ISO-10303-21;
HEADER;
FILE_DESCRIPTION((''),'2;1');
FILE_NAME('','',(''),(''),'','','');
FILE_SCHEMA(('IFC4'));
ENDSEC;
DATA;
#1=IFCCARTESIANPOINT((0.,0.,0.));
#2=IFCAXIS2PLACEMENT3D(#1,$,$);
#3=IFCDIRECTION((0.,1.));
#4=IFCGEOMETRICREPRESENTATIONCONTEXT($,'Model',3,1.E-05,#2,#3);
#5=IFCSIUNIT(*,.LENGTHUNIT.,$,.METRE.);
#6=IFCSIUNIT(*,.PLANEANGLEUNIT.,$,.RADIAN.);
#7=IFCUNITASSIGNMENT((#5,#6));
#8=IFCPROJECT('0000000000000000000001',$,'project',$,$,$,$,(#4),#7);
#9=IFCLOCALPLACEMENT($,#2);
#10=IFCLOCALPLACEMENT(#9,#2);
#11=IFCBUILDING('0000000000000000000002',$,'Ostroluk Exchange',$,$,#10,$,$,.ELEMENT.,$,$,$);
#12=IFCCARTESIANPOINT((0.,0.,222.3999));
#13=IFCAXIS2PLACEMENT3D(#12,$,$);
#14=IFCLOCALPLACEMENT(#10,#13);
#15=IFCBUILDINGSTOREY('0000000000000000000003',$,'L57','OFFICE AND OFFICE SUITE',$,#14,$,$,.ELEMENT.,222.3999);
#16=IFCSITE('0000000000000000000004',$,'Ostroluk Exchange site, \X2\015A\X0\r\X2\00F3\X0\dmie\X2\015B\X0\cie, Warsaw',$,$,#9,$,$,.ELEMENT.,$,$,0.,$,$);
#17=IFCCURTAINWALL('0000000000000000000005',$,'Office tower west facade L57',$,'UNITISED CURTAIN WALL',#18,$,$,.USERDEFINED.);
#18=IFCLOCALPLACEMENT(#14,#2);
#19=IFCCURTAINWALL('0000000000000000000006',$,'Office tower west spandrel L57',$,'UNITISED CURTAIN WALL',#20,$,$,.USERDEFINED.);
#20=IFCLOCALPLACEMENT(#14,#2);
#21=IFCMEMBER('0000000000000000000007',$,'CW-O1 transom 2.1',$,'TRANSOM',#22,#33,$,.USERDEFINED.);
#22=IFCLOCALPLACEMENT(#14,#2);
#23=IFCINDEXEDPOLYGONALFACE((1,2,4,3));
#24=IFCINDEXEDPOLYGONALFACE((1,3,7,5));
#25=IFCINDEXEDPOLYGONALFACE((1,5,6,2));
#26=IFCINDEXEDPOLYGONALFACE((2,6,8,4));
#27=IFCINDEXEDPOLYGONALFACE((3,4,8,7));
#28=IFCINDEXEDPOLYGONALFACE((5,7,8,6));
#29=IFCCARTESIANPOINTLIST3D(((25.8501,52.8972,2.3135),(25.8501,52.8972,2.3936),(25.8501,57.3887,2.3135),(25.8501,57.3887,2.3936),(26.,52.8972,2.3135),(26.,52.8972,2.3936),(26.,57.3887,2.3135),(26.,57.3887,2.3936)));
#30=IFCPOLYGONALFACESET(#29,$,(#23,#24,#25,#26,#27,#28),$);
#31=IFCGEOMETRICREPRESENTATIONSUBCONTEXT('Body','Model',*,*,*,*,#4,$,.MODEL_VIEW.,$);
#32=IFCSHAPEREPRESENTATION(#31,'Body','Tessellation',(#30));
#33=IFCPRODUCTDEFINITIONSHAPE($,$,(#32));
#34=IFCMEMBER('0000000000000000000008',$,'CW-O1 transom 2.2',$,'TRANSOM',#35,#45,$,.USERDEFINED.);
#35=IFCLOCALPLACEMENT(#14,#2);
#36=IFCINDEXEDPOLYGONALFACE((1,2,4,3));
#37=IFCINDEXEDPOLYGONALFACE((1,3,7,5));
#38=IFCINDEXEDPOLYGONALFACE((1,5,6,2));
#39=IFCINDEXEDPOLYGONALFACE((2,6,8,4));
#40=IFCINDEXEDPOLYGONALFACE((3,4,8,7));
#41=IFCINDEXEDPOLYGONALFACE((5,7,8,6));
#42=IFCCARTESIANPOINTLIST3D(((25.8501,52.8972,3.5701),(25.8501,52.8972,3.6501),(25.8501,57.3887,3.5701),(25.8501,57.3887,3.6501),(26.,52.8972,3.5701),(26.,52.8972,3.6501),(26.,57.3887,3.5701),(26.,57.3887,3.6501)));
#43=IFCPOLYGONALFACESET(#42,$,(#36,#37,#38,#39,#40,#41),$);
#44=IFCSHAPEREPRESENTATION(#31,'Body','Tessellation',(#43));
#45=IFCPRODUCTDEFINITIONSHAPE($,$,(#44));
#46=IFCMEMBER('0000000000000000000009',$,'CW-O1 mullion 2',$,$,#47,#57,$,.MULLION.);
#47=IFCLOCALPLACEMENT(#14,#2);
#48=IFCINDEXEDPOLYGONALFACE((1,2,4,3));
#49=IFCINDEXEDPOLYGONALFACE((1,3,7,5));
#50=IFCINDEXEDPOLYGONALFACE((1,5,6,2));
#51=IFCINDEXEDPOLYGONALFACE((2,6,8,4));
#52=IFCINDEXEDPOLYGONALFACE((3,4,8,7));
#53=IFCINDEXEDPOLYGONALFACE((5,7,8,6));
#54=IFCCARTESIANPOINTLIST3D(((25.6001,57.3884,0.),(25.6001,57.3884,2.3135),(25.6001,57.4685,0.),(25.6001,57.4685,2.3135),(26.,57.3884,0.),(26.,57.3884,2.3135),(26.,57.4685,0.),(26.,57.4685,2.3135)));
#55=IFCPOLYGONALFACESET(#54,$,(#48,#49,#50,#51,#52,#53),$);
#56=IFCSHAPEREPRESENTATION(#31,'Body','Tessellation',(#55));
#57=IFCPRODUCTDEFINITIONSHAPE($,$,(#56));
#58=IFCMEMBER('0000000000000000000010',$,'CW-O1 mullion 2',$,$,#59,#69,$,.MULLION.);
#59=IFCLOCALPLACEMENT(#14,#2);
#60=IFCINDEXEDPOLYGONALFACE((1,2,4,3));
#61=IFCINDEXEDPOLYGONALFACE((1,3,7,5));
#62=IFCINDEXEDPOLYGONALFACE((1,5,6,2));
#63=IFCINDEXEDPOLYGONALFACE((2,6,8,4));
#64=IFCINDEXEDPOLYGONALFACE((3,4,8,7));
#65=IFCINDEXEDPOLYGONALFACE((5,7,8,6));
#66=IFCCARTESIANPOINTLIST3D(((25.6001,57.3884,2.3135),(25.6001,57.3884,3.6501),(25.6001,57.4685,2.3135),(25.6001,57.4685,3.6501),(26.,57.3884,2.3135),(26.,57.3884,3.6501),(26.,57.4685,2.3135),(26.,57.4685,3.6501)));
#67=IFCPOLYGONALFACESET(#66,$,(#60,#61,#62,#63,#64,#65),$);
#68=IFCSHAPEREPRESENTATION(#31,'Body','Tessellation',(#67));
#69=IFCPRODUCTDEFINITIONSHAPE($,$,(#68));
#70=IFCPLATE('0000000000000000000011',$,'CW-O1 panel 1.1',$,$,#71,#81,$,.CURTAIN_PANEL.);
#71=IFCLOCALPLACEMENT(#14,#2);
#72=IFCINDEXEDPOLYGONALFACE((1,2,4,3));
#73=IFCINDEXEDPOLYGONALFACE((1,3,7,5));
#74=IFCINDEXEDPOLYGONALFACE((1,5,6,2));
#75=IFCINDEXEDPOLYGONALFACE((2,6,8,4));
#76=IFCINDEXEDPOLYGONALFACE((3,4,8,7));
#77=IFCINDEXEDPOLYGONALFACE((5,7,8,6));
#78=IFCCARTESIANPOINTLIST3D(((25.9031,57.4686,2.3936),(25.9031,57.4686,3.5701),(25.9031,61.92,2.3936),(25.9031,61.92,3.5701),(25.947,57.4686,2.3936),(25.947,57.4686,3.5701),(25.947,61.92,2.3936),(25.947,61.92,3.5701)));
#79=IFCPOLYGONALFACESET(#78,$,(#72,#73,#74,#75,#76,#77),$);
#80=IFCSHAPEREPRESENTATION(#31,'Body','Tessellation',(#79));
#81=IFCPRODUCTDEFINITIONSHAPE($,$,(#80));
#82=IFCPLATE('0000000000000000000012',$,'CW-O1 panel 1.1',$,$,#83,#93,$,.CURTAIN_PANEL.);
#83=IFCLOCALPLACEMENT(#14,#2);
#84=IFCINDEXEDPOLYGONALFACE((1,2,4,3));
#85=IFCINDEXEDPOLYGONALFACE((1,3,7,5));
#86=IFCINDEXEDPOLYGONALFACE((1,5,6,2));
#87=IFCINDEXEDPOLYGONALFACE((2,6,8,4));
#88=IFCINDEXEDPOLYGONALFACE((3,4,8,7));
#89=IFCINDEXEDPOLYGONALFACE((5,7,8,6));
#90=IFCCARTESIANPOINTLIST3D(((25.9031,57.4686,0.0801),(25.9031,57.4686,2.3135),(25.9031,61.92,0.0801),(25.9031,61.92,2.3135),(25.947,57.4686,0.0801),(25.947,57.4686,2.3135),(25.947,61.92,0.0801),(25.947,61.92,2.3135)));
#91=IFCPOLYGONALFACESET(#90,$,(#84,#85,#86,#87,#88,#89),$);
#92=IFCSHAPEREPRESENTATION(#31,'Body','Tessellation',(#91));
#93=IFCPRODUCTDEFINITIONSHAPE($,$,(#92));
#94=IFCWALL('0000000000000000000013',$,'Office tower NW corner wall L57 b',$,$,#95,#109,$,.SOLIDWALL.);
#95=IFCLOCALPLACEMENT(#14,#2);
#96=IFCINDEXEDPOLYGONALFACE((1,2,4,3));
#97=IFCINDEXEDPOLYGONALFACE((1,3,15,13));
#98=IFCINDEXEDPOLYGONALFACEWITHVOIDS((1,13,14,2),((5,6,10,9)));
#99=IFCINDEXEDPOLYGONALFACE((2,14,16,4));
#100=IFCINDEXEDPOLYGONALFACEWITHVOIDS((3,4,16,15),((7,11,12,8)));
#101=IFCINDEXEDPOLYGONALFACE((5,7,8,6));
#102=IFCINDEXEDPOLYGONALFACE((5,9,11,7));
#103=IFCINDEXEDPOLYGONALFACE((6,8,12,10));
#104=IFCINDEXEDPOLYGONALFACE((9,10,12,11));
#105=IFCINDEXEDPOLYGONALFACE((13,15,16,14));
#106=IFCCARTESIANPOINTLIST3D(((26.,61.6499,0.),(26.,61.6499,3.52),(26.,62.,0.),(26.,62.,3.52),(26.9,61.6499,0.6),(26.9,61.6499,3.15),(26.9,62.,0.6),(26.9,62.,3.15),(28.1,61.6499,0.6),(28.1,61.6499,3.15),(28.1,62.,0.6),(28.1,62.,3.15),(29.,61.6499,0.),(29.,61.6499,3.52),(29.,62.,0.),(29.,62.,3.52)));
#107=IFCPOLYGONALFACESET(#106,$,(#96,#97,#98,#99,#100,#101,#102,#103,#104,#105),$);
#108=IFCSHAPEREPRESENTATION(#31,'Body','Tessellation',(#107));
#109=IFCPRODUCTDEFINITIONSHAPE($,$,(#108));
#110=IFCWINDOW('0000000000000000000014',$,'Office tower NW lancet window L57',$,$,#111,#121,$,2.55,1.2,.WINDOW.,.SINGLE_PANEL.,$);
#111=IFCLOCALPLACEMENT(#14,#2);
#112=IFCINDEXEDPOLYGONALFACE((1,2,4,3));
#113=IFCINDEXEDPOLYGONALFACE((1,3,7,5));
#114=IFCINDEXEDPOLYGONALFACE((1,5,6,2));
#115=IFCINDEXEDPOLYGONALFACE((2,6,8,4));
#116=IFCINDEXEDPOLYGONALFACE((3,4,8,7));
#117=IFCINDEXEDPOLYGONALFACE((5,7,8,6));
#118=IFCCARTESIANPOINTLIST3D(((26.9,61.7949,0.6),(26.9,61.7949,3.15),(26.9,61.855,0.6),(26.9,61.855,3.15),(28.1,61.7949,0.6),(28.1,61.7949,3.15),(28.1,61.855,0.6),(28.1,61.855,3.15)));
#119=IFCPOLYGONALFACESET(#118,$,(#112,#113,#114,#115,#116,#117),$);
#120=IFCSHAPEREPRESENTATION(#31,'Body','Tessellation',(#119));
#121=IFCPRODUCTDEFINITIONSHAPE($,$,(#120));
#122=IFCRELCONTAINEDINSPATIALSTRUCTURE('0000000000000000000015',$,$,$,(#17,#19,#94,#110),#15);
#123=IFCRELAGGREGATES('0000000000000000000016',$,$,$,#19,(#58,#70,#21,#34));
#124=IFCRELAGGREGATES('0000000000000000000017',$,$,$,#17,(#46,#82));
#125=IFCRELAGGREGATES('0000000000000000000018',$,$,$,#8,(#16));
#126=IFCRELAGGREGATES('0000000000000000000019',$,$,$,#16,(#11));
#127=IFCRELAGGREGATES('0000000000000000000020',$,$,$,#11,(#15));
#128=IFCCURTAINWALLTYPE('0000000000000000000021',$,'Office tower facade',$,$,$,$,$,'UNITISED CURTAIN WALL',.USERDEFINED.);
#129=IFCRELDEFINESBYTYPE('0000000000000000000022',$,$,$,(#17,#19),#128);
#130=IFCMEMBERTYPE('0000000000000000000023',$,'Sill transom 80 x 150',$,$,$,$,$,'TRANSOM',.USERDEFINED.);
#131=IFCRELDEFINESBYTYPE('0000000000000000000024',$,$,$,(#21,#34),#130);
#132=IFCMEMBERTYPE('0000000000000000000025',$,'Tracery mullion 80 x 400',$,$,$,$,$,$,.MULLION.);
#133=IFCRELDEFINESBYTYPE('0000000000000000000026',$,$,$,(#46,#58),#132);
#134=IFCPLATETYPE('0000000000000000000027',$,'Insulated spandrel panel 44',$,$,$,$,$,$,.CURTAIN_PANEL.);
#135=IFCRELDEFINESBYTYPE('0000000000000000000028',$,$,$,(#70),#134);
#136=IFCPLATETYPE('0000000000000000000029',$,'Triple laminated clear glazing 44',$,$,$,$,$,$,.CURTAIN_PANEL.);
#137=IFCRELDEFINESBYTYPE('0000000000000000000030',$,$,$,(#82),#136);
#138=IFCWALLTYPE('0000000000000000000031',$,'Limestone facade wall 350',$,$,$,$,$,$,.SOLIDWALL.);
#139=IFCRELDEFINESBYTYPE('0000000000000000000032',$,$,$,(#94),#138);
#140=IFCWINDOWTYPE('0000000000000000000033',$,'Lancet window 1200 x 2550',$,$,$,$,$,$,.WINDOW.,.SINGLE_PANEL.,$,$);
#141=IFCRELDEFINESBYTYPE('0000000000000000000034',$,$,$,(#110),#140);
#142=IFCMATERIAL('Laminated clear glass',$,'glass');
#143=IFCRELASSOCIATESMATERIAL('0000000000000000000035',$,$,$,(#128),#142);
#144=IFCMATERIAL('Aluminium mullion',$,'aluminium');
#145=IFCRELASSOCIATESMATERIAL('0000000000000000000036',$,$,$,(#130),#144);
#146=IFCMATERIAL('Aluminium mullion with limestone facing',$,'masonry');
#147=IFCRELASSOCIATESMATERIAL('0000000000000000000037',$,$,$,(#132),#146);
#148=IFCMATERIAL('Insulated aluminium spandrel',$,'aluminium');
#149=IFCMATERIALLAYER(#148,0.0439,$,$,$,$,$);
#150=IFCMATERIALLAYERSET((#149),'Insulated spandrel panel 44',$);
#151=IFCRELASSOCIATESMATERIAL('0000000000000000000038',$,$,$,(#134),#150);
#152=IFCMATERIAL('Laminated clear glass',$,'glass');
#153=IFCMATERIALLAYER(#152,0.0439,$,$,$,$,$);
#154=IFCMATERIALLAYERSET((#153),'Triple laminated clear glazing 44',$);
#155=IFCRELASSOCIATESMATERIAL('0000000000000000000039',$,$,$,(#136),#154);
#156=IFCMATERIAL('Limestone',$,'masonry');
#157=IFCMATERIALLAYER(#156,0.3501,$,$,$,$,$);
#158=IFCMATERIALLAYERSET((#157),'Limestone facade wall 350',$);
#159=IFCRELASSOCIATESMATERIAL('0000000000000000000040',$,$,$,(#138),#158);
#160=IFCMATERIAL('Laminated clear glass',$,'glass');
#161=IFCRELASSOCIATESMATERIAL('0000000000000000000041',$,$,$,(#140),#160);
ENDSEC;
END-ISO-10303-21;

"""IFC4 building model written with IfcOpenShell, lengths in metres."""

from ifc_helpers import new_model, si_unit, direction, frame, frame_2d, origin, origin_2d, place, context, subcontext, project, spatial, rectangle, extrude, material, layer, layer_set, material_profile, profile_set, type_object, element, fill, aggregate, save


model = new_model("IFC4")

# Units and contexts
model_context = context("Model", 3, precision=1e-05, world=origin(), true_north=direction((0.0, 1.0)))
body_context = subcontext(model_context, "Body", "Model", "MODEL_VIEW")
ifc_project = project(units=[si_unit("LENGTHUNIT", "METRE"), si_unit("PLANEANGLEUNIT", "RADIAN")], contexts=[model_context])

# Site, building, storey
site_placement = place(None, origin())
site = spatial("IfcSite", under=ifc_project, at=site_placement, Name="Ostroluk Exchange site, Śródmieście, Warsaw", CompositionType="ELEMENT", RefElevation=0.0)
building_placement = place(site_placement, origin())
building = spatial("IfcBuilding", under=site, at=building_placement, Name="Ostroluk Exchange", CompositionType="ELEMENT")
storey_placement = place(building_placement, frame((0.0, 0.0, 222.3999)))
storey = spatial("IfcBuildingStorey", under=building, at=storey_placement, Name="L57", Description="OFFICE AND OFFICE SUITE", CompositionType="ELEMENT", Elevation=222.3999)

# Curtain wall
ifc_material_1 = material(Name="Laminated clear glass", Category="glass")
curtain_wall_type = type_object("IfcCurtainWallType", Name="Office tower facade", ElementType="UNITISED CURTAIN WALL", PredefinedType="USERDEFINED", material=ifc_material_1)
curtain_wall_1_placement = place(storey_placement, origin())
curtain_wall_1 = element("IfcCurtainWall", 1, at=curtain_wall_1_placement, inside=storey, type_object=curtain_wall_type, Name="Office tower west facade L57", ObjectType="UNITISED CURTAIN WALL", PredefinedType="USERDEFINED")
ifc_material_2 = material(Name="Aluminium mullion", Category="aluminium")
ifc_material_profile_1 = material_profile(ifc_material_2, rectangle(XDim=0.1499, YDim=0.0801, at=origin_2d()), Name="Sill transom 80 x 150")
ifc_profile_set_1 = profile_set([ifc_material_profile_1], Name="Aluminium mullion")
member_type_1 = type_object("IfcMemberType", Name="Sill transom 80 x 150", ElementType="TRANSOM", PredefinedType="USERDEFINED", material=ifc_profile_set_1)

# Curtain wall, members
curtain_wall_2_placement = place(storey_placement, origin())
curtain_wall_2 = element("IfcCurtainWall", 2, at=curtain_wall_2_placement, inside=storey, type_object=curtain_wall_type, Name="Office tower west spandrel L57", ObjectType="UNITISED CURTAIN WALL", PredefinedType="USERDEFINED")
member_1_placement = place(storey_placement, frame((25.925, 57.3887, 2.3535), z_axis=(0.0, -1.0, 0.0), x_axis=(1.0, 0.0, 0.0)))
member_1 = element("IfcMember", 3, at=member_1_placement, type_object=member_type_1, Name="CW-O1 transom 2.1", ObjectType="TRANSOM", PredefinedType="USERDEFINED", context=body_context, shape_type="SweptSolid", body=[
    extrude(rectangle(XDim=0.1499, YDim=0.0801, at=origin_2d()), origin(), (0.0, 0.0, 1.0), 4.4915),
])
member_2_placement = place(storey_placement, frame((25.925, 57.3887, 3.6101), z_axis=(0.0, -1.0, 0.0), x_axis=(1.0, 0.0, 0.0)))
member_2 = element("IfcMember", 4, at=member_2_placement, type_object=member_type_1, Name="CW-O1 transom 2.2", ObjectType="TRANSOM", PredefinedType="USERDEFINED", context=body_context, shape_type="SweptSolid", body=[
    extrude(rectangle(XDim=0.1499, YDim=0.0801, at=origin_2d()), origin(), (0.0, 0.0, 1.0), 4.4915),
])

# Members
ifc_material_3 = material(Name="Aluminium mullion with limestone facing", Category="masonry")
ifc_material_profile_2 = material_profile(ifc_material_3, rectangle(XDim=0.3999, YDim=0.0801, at=origin_2d()), Name="Tracery mullion 80 x 400")
ifc_profile_set_2 = profile_set([ifc_material_profile_2], Name="Aluminium mullion with limestone facing")
member_type_2 = type_object("IfcMemberType", Name="Tracery mullion 80 x 400", PredefinedType="MULLION", material=ifc_profile_set_2)
member_3_placement = place(storey_placement, frame((25.8, 57.4285, 0.0), z_axis=(0.0, 0.0, 1.0), x_axis=(1.0, 0.0, 0.0)))
member_3 = element("IfcMember", 5, at=member_3_placement, type_object=member_type_2, Name="CW-O1 mullion 2", PredefinedType="MULLION", context=body_context, shape_type="SweptSolid", body=[
    extrude(rectangle(XDim=0.3999, YDim=0.0801, at=origin_2d()), origin(), (0.0, 0.0, 1.0), 2.3135),
])
member_4_placement = place(storey_placement, frame((25.8, 57.4285, 2.3135), z_axis=(0.0, 0.0, 1.0), x_axis=(1.0, 0.0, 0.0)))
member_4 = element("IfcMember", 6, at=member_4_placement, type_object=member_type_2, Name="CW-O1 mullion 2", PredefinedType="MULLION", context=body_context, shape_type="SweptSolid", body=[
    extrude(rectangle(XDim=0.3999, YDim=0.0801, at=origin_2d()), origin(), (0.0, 0.0, 1.0), 1.3367),
])

# Plates
ifc_material_4 = material(Name="Insulated aluminium spandrel", Category="aluminium")
ifc_layer_1 = layer(ifc_material_4, 0.0439)
ifc_layer_set_1 = layer_set([ifc_layer_1], Name="Insulated spandrel panel 44")
plate_type_1 = type_object("IfcPlateType", Name="Insulated spandrel panel 44", PredefinedType="CURTAIN_PANEL", material=ifc_layer_set_1)
plate_1_placement = place(storey_placement, frame((25.925, 59.6943, 2.3936), z_axis=(0.0, 0.0, 1.0), x_axis=(0.0, -1.0, 0.0)))
plate_1 = element("IfcPlate", 7, at=plate_1_placement, type_object=plate_type_1, Name="CW-O1 panel 1.1", PredefinedType="CURTAIN_PANEL", context=body_context, shape_type="SweptSolid", body=[
    extrude(rectangle(XDim=4.4514, YDim=0.0439, at=origin_2d()), origin(), (0.0, 0.0, 1.0), 1.1765),
])
aggregate(curtain_wall_2, [member_4, plate_1, member_1, member_2])
ifc_material_5 = material(Name="Laminated clear glass", Category="glass")
ifc_layer_2 = layer(ifc_material_5, 0.0439)
ifc_layer_set_2 = layer_set([ifc_layer_2], Name="Triple laminated clear glazing 44")
plate_type_2 = type_object("IfcPlateType", Name="Triple laminated clear glazing 44", PredefinedType="CURTAIN_PANEL", material=ifc_layer_set_2)
plate_2_placement = place(storey_placement, frame((25.925, 59.6943, 0.0801), z_axis=(0.0, 0.0, 1.0), x_axis=(0.0, -1.0, 0.0)))
plate_2 = element("IfcPlate", 8, at=plate_2_placement, type_object=plate_type_2, Name="CW-O1 panel 1.1", PredefinedType="CURTAIN_PANEL", context=body_context, shape_type="SweptSolid", body=[
    extrude(rectangle(XDim=4.4514, YDim=0.0439, at=origin_2d()), origin(), (0.0, 0.0, 1.0), 2.2334),
])
aggregate(curtain_wall_1, [member_3, plate_2])

# Wall, opening, window
ifc_material_6 = material(Name="Limestone", Category="masonry")
ifc_layer_3 = layer(ifc_material_6, 0.3501)
ifc_layer_set_3 = layer_set([ifc_layer_3], Name="Limestone facade wall 350")
wall_type_1 = type_object("IfcWallType", Name="Limestone facade wall 350", PredefinedType="SOLIDWALL", material=ifc_layer_set_3)
wall_1_placement = place(storey_placement, frame((29.0, 61.825, 0.0), z_axis=(0.0, 0.0, 1.0), x_axis=(-1.0, 0.0, 0.0)))
wall_1 = element("IfcWall", 9, at=wall_1_placement, inside=storey, type_object=wall_type_1, Name="Office tower NW corner wall L57 b", PredefinedType="SOLIDWALL", context=body_context, shape_type="SweptSolid", body=[
    extrude(rectangle(XDim=3.0, YDim=0.3501, at=frame_2d((1.5, 0.0))), origin(), (0.0, 0.0, 1.0), 3.52),
])
opening_1_placement = place(wall_1_placement, frame((0.8999, 0.0, 0.6001)))
opening_1 = element("IfcOpeningElement", 10, at=opening_1_placement, cuts=wall_1, PredefinedType="OPENING", context=body_context, shape_type="SweptSolid", body=[
    extrude(rectangle(XDim=1.2, YDim=2.55, at=frame_2d((0.6001, 1.2749))), frame((0.0, 0.1851, 0.0), z_axis=(0.0, -1.0, 0.0), x_axis=(1.0, 0.0, 0.0)), (0.0, 0.0, 1.0), 0.3701),
])
ifc_material_7 = material(Name="Laminated clear glass", Category="glass")
window_type = type_object("IfcWindowType", Name="Lancet window 1200 x 2550", PartitioningType="SINGLE_PANEL", PredefinedType="WINDOW", material=ifc_material_7)
window_placement = place(opening_1_placement, origin())
window = element("IfcWindow", 11, at=window_placement, inside=storey, type_object=window_type, Name="Office tower NW lancet window L57", OverallHeight=2.55, OverallWidth=1.2, PartitioningType="SINGLE_PANEL", PredefinedType="WINDOW", context=body_context, shape_type="SweptSolid", body=[
    extrude(rectangle(XDim=1.2, YDim=2.55, at=frame_2d((0.6001, 1.2749))), frame((0.0, 0.03, 0.0), z_axis=(0.0, -1.0, 0.0), x_axis=(1.0, 0.0, 0.0)), (0.0, 0.0, 1.0), 0.0601),
])
fill(opening_1, window)

save(model, "model.ifc")
